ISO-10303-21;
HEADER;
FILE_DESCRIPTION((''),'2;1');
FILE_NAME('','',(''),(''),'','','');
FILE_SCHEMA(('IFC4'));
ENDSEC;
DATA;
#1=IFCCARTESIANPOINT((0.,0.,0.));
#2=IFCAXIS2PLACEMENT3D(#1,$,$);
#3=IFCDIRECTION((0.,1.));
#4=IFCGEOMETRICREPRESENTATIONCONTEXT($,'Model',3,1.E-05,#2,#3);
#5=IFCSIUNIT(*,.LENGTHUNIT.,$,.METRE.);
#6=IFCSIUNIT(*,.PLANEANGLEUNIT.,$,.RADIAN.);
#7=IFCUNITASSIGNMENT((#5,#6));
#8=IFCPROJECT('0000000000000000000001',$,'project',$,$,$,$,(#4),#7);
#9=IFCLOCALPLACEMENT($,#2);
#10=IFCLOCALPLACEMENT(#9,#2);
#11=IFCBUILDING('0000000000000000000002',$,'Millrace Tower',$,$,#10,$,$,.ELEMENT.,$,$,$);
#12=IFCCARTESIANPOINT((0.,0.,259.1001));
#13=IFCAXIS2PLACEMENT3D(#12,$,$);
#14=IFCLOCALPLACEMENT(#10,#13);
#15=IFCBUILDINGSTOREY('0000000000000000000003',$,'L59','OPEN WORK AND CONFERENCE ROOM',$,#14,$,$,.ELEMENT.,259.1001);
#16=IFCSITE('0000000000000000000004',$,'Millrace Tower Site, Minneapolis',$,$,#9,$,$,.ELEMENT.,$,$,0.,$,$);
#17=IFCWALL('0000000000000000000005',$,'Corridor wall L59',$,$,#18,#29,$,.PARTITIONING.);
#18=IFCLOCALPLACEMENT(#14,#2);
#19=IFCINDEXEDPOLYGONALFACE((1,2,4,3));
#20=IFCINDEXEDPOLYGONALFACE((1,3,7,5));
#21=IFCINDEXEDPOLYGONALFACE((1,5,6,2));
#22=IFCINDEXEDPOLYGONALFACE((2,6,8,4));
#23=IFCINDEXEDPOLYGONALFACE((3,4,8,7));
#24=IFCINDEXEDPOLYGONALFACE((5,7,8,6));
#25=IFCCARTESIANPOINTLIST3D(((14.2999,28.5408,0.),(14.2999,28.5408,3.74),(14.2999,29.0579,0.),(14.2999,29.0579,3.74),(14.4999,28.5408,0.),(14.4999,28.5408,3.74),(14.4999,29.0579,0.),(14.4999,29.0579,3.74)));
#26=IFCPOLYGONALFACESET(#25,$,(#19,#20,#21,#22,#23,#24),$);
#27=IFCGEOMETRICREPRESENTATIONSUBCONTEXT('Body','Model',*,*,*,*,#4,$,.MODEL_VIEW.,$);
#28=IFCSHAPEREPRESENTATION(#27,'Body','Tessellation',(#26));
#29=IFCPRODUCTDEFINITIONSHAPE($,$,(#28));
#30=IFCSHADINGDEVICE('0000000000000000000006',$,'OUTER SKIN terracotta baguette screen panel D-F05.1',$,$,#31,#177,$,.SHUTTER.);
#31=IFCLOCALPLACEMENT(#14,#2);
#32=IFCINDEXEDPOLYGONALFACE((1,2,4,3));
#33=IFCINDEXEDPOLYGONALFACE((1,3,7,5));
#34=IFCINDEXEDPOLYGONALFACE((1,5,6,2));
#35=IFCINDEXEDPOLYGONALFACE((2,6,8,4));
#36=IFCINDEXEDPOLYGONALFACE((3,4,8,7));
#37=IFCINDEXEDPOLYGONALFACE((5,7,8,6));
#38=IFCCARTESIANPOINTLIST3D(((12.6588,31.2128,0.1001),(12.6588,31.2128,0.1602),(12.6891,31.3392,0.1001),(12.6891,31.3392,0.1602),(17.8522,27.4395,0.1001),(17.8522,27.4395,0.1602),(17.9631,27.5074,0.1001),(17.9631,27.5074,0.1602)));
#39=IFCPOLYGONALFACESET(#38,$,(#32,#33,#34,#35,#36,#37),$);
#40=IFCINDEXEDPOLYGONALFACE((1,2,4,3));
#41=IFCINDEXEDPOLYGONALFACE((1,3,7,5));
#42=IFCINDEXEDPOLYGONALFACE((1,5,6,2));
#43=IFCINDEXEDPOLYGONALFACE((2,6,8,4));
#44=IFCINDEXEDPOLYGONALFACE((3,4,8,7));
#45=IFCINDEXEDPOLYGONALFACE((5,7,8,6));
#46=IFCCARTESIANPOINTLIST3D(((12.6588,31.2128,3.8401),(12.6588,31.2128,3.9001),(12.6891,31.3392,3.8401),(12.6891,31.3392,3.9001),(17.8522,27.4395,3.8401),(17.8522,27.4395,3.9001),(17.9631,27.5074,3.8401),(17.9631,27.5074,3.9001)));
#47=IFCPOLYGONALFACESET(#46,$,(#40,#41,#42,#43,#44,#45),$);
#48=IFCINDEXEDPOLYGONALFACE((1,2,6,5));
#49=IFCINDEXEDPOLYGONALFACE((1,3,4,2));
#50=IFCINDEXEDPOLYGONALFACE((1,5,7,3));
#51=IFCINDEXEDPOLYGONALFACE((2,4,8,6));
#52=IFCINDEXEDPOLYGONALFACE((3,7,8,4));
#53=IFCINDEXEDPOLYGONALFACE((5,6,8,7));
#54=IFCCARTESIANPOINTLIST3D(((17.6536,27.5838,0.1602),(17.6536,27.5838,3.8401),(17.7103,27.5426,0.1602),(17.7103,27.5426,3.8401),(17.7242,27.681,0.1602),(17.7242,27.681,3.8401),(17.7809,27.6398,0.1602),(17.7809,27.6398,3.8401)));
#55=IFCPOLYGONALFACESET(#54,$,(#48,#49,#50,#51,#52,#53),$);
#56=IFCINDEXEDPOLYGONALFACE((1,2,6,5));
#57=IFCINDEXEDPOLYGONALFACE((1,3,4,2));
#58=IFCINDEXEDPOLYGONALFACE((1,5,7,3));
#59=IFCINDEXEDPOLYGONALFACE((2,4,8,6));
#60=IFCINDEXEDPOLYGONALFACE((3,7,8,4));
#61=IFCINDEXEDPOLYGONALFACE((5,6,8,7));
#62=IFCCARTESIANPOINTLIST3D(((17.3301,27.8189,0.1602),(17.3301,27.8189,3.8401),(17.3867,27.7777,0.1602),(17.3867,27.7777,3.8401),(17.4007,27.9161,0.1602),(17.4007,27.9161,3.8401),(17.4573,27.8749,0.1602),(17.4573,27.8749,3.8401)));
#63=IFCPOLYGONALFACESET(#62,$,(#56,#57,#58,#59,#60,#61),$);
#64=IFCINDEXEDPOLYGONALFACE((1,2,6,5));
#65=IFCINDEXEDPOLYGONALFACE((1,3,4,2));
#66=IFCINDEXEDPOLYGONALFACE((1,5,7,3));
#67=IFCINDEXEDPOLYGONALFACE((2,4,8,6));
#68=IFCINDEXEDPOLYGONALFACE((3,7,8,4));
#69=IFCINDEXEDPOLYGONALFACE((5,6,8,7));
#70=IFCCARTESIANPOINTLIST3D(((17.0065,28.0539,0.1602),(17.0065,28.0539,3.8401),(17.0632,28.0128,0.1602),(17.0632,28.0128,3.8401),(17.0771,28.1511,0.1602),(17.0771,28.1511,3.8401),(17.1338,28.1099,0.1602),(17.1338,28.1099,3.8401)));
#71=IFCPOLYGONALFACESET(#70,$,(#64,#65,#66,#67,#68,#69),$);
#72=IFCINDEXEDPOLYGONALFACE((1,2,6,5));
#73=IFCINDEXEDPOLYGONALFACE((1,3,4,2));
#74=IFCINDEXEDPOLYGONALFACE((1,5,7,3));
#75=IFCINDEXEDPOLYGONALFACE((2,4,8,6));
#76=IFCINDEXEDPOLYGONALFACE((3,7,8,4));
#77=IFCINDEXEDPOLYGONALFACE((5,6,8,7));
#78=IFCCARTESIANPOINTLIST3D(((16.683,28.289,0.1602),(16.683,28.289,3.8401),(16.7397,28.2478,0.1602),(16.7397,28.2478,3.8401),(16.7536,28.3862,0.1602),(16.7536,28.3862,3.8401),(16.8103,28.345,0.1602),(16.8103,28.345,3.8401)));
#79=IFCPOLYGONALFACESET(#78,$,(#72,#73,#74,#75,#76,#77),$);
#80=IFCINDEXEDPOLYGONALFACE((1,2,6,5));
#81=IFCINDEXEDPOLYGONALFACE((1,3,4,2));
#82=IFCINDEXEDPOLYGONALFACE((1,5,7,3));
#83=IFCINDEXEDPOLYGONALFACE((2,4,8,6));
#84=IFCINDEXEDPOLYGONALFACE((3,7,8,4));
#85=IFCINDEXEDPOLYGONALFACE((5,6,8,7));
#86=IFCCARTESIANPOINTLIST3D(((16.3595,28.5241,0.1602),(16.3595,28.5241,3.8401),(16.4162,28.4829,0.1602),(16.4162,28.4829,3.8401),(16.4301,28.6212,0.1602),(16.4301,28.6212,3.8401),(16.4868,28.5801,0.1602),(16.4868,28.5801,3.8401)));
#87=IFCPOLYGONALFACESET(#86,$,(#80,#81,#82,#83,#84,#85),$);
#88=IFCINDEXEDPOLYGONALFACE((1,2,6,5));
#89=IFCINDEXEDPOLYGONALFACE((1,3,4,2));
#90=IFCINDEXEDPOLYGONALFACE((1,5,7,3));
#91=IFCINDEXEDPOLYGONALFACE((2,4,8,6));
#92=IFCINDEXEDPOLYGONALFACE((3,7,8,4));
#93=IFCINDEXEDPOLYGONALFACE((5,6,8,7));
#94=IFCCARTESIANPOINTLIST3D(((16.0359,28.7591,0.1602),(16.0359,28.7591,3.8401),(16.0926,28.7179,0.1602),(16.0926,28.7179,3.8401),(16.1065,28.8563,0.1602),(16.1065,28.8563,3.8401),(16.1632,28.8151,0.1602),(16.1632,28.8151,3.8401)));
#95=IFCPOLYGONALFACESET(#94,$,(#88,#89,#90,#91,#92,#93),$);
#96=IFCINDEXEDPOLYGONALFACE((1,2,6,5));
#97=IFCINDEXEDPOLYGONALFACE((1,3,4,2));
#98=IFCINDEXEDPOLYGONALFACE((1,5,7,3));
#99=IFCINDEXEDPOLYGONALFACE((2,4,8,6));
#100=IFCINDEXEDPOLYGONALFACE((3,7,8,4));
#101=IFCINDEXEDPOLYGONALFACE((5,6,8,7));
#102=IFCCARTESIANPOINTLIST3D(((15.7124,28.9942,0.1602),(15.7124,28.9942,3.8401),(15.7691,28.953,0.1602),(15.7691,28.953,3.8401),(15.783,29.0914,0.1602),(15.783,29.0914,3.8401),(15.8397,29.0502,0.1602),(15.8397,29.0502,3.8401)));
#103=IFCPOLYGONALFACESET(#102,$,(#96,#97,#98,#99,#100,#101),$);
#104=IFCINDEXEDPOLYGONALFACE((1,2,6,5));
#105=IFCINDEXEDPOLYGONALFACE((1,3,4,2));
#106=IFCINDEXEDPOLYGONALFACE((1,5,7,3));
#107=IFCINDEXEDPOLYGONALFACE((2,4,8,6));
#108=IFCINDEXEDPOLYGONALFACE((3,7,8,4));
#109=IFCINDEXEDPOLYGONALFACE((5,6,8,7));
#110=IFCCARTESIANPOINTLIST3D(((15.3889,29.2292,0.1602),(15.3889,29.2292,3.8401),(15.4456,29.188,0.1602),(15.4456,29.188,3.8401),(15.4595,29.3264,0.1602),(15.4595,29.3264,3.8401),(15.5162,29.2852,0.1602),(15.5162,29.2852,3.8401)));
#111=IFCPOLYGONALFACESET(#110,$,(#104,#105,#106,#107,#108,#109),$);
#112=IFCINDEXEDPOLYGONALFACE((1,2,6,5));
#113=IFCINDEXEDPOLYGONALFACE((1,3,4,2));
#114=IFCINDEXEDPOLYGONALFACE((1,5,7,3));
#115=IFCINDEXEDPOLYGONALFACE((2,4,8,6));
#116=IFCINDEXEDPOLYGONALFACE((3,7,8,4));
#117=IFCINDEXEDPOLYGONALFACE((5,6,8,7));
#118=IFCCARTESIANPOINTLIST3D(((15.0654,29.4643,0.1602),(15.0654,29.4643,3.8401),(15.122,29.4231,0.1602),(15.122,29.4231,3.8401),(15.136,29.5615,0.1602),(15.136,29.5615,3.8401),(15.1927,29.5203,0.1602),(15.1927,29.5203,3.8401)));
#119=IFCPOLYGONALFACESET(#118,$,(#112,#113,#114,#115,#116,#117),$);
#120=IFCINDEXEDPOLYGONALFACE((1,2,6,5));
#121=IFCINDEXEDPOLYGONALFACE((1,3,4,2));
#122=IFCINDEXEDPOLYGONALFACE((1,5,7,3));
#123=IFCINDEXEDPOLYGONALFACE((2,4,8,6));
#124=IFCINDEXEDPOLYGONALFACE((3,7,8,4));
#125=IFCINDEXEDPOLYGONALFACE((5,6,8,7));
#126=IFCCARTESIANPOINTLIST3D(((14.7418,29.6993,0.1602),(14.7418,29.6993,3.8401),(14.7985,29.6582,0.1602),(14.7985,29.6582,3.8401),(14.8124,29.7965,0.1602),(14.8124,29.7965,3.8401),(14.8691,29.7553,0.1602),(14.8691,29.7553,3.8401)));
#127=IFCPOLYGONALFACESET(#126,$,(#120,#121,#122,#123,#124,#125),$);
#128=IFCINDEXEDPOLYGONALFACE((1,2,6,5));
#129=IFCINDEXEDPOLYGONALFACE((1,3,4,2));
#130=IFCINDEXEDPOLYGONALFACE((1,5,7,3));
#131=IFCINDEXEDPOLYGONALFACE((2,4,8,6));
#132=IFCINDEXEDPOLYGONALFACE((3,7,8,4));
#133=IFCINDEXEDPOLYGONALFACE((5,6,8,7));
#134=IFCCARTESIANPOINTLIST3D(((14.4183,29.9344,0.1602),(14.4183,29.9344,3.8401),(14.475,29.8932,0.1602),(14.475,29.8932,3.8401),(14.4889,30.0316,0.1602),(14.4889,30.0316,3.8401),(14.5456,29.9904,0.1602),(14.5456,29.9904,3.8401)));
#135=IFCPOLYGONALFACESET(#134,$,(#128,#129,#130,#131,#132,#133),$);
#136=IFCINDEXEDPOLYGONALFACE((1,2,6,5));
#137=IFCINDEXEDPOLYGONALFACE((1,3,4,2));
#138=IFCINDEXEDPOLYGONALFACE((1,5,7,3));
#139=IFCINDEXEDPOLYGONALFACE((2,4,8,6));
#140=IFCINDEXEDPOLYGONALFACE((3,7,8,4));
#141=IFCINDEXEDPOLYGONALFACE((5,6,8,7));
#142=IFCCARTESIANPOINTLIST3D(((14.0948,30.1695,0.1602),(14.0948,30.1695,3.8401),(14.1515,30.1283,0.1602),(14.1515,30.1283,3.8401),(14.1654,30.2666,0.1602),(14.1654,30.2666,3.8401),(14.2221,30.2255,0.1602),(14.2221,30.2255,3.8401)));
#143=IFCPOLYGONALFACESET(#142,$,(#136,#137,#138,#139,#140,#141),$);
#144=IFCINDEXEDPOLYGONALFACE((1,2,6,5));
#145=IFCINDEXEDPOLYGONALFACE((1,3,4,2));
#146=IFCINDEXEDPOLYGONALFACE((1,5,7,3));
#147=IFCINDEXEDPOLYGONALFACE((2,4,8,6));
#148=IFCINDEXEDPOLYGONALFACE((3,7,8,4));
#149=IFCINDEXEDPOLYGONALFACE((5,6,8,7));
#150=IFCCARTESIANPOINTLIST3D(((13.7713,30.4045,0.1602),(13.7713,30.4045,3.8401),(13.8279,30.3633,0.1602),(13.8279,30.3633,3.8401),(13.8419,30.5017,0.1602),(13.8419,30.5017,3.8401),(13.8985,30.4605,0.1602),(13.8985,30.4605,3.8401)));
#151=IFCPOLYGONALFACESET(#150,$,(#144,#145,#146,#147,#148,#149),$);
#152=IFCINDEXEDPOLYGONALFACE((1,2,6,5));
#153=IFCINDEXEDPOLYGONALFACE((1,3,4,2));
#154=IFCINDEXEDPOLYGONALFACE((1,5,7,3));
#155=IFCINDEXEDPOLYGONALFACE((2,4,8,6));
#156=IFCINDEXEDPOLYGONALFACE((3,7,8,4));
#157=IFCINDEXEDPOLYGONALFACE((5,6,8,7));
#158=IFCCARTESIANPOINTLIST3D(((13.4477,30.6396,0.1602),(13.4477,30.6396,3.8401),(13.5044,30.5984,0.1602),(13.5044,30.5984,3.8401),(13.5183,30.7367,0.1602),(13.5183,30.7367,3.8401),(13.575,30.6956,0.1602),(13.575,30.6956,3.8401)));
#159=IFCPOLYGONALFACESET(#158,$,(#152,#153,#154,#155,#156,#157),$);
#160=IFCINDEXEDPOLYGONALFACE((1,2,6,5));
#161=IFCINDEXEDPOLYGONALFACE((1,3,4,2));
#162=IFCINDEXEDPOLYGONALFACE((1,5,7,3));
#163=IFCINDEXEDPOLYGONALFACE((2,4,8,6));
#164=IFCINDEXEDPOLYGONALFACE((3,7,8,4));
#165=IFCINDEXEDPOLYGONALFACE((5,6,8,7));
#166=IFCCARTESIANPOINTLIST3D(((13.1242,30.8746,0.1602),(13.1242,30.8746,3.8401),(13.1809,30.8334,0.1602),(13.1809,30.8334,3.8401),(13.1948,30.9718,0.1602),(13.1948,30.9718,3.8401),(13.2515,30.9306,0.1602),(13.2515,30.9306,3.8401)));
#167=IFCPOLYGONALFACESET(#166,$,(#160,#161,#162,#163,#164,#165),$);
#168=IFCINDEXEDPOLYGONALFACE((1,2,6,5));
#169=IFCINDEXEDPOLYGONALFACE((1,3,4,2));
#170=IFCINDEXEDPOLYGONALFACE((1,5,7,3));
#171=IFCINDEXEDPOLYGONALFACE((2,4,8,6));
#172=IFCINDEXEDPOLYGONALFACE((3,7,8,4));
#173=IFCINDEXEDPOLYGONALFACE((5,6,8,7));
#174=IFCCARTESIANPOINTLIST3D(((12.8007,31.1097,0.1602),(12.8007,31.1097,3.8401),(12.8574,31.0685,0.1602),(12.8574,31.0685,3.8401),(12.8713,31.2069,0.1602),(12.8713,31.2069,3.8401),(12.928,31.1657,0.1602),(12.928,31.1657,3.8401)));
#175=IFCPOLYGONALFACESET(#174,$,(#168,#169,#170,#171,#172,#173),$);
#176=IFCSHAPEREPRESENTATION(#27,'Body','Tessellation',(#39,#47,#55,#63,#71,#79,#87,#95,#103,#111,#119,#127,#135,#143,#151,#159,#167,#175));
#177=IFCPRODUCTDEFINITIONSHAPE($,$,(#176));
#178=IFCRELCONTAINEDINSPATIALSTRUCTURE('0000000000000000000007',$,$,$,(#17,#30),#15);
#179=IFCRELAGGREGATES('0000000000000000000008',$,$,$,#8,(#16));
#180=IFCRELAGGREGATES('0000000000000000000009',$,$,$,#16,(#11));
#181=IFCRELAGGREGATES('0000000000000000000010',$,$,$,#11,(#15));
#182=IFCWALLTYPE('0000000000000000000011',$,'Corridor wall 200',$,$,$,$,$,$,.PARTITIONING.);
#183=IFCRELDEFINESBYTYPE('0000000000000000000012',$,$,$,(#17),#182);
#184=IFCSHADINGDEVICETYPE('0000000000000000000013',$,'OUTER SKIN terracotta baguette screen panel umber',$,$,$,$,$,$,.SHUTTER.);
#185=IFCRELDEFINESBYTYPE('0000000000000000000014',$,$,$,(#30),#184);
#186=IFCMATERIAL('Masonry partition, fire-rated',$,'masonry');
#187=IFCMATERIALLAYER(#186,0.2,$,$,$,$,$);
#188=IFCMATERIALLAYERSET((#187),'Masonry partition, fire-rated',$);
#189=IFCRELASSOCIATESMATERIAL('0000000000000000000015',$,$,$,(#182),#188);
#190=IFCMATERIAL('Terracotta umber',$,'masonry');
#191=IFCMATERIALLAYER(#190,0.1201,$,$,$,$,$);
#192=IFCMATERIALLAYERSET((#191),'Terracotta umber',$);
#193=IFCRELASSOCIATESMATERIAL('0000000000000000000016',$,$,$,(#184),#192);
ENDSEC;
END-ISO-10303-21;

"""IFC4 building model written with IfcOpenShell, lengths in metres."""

from ifc_helpers import new_model, entity, si_unit, direction, frame, frame_2d, origin, place, context, subcontext, project, spatial, rectangle, extrude, source, transform, mapped, material, layer, layer_set, type_object, element, save


model = new_model("IFC4")

# Units and contexts
model_context = context("Model", 3, precision=1e-05, world=origin(), true_north=direction((0.0, 1.0)))
body_context = subcontext(model_context, "Body", "Model", "MODEL_VIEW")
ifc_project = project(units=[si_unit("LENGTHUNIT", "METRE"), si_unit("PLANEANGLEUNIT", "RADIAN")], contexts=[model_context])

# Site, building, storey
site_placement = place(None, origin())
site = spatial("IfcSite", under=ifc_project, at=site_placement, Name="Millrace Tower Site, Minneapolis", CompositionType="ELEMENT", RefElevation=0.0)
building_placement = place(site_placement, origin())
building = spatial("IfcBuilding", under=site, at=building_placement, Name="Millrace Tower", CompositionType="ELEMENT")
storey_placement = place(building_placement, frame((0.0, 0.0, 259.1001)))
storey = spatial("IfcBuildingStorey", under=building, at=storey_placement, Name="L59", Description="OPEN WORK AND CONFERENCE ROOM", CompositionType="ELEMENT", Elevation=259.1001)

# Wall
ifc_material_1 = material(Name="Masonry partition, fire-rated", Category="masonry")
ifc_layer_1 = layer(ifc_material_1, 0.2)
ifc_layer_set_1 = layer_set([ifc_layer_1], Name="Masonry partition, fire-rated")
wall_type = type_object("IfcWallType", Name="Corridor wall 200", PredefinedType="PARTITIONING", material=ifc_layer_set_1)
wall_placement = place(storey_placement, frame((14.3999, 28.5408, 0.0), z_axis=(0.0, 0.0, 1.0), x_axis=(0.0, 1.0, 0.0)))
element("IfcWall", 1, at=wall_placement, inside=storey, type_object=wall_type, Name="Corridor wall L59", PredefinedType="PARTITIONING", context=body_context, shape_type="SweptSolid", body=[
    extrude(rectangle(XDim=0.5171, YDim=0.2, at=frame_2d((0.2585, 0.0))), origin(), (0.0, 0.0, 1.0), 3.74),
])

# Shading device
ifc_material_2 = material(Name="Terracotta umber", Category="masonry")
ifc_layer_2 = layer(ifc_material_2, 0.1201)
ifc_layer_set_2 = layer_set([ifc_layer_2], Name="Terracotta umber")
shading_device_type = type_object("IfcShadingDeviceType", Name="OUTER SKIN terracotta baguette screen panel umber", PredefinedType="SHUTTER", material=ifc_layer_set_2)
cartesian_point_1 = entity("IfcCartesianPoint", [-3.2097, 0.0601])
shared_polyline_1 = entity("IfcPolyline", [cartesian_point_1, entity("IfcCartesianPoint", [3.2097, 0.0601]), entity("IfcCartesianPoint", [3.2595, -0.0601]), entity("IfcCartesianPoint", [-3.2595, -0.0601]), cartesian_point_1])
shared_shape_1 = source(origin(), body_context, "Body", "SweptSolid", [
    entity("IfcExtrudedAreaSolid", entity("IfcArbitraryClosedProfileDef", "AREA", None, shared_polyline_1), entity("IfcAxis2Placement3D", entity("IfcCartesianPoint", [0.0, 0.0, 0.0])), entity("IfcDirection", [0.0, 0.0, 1.0]), 0.0601),
    entity("IfcExtrudedAreaSolid", entity("IfcArbitraryClosedProfileDef", "AREA", None, shared_polyline_1), entity("IfcAxis2Placement3D", entity("IfcCartesianPoint", [0.0, 0.0, 3.74])), entity("IfcDirection", [0.0, 0.0, 1.0]), 0.0601),
    extrude(rectangle(XDim=0.0701, YDim=0.1201, at=frame_2d((-2.9993, 0.0))), frame((0.0, 0.0, 0.0601)), (0.0, 0.0, 1.0), 3.6799),
    extrude(rectangle(XDim=0.0701, YDim=0.1201, at=frame_2d((-2.5994, 0.0))), frame((0.0, 0.0, 0.0601)), (0.0, 0.0, 1.0), 3.6799),
    extrude(rectangle(XDim=0.0701, YDim=0.1201, at=frame_2d((-2.1995, 0.0))), frame((0.0, 0.0, 0.0601)), (0.0, 0.0, 1.0), 3.6799),
    extrude(rectangle(XDim=0.0701, YDim=0.1201, at=frame_2d((-1.7996, 0.0))), frame((0.0, 0.0, 0.0601)), (0.0, 0.0, 1.0), 3.6799),
    extrude(rectangle(XDim=0.0701, YDim=0.1201, at=frame_2d((-1.3997, 0.0))), frame((0.0, 0.0, 0.0601)), (0.0, 0.0, 1.0), 3.6799),
    extrude(rectangle(XDim=0.0701, YDim=0.1201, at=frame_2d((-0.9998, 0.0))), frame((0.0, 0.0, 0.0601)), (0.0, 0.0, 1.0), 3.6799),
    extrude(rectangle(XDim=0.0701, YDim=0.1201, at=frame_2d((-0.5999, 0.0))), frame((0.0, 0.0, 0.0601)), (0.0, 0.0, 1.0), 3.6799),
    extrude(rectangle(XDim=0.0701, YDim=0.1201, at=frame_2d((-0.2, 0.0))), frame((0.0, 0.0, 0.0601)), (0.0, 0.0, 1.0), 3.6799),
    extrude(rectangle(XDim=0.0701, YDim=0.1201, at=frame_2d((0.2, 0.0))), frame((0.0, 0.0, 0.0601)), (0.0, 0.0, 1.0), 3.6799),
    extrude(rectangle(XDim=0.0701, YDim=0.1201, at=frame_2d((0.5999, 0.0))), frame((0.0, 0.0, 0.0601)), (0.0, 0.0, 1.0), 3.6799),
    extrude(rectangle(XDim=0.0701, YDim=0.1201, at=frame_2d((0.9998, 0.0))), frame((0.0, 0.0, 0.0601)), (0.0, 0.0, 1.0), 3.6799),
    extrude(rectangle(XDim=0.0701, YDim=0.1201, at=frame_2d((1.3997, 0.0))), frame((0.0, 0.0, 0.0601)), (0.0, 0.0, 1.0), 3.6799),
    extrude(rectangle(XDim=0.0701, YDim=0.1201, at=frame_2d((1.7996, 0.0))), frame((0.0, 0.0, 0.0601)), (0.0, 0.0, 1.0), 3.6799),
    extrude(rectangle(XDim=0.0701, YDim=0.1201, at=frame_2d((2.1995, 0.0))), frame((0.0, 0.0, 0.0601)), (0.0, 0.0, 1.0), 3.6799),
    extrude(rectangle(XDim=0.0701, YDim=0.1201, at=frame_2d((2.5994, 0.0))), frame((0.0, 0.0, 0.0601)), (0.0, 0.0, 1.0), 3.6799),
    extrude(rectangle(XDim=0.0701, YDim=0.1201, at=frame_2d((2.9993, 0.0))), frame((0.0, 0.0, 0.0601)), (0.0, 0.0, 1.0), 3.6799),
])
shading_device_1_placement = place(storey_placement, frame((15.2908, 29.3748, 0.1001), z_axis=(0.0, 0.0, 1.0), x_axis=(-0.809017, 0.587785, 0.0)))
element("IfcShadingDevice", 2, at=shading_device_1_placement, inside=storey, type_object=shading_device_type, Name="OUTER SKIN terracotta baguette screen panel D-F05.1", PredefinedType="SHUTTER", context=body_context, shape_type="MappedRepresentation", body=[
    mapped(shared_shape_1, transform((0.0, 0.0, 0.0), scale=1.0)),
])

save(model, "model.ifc")
